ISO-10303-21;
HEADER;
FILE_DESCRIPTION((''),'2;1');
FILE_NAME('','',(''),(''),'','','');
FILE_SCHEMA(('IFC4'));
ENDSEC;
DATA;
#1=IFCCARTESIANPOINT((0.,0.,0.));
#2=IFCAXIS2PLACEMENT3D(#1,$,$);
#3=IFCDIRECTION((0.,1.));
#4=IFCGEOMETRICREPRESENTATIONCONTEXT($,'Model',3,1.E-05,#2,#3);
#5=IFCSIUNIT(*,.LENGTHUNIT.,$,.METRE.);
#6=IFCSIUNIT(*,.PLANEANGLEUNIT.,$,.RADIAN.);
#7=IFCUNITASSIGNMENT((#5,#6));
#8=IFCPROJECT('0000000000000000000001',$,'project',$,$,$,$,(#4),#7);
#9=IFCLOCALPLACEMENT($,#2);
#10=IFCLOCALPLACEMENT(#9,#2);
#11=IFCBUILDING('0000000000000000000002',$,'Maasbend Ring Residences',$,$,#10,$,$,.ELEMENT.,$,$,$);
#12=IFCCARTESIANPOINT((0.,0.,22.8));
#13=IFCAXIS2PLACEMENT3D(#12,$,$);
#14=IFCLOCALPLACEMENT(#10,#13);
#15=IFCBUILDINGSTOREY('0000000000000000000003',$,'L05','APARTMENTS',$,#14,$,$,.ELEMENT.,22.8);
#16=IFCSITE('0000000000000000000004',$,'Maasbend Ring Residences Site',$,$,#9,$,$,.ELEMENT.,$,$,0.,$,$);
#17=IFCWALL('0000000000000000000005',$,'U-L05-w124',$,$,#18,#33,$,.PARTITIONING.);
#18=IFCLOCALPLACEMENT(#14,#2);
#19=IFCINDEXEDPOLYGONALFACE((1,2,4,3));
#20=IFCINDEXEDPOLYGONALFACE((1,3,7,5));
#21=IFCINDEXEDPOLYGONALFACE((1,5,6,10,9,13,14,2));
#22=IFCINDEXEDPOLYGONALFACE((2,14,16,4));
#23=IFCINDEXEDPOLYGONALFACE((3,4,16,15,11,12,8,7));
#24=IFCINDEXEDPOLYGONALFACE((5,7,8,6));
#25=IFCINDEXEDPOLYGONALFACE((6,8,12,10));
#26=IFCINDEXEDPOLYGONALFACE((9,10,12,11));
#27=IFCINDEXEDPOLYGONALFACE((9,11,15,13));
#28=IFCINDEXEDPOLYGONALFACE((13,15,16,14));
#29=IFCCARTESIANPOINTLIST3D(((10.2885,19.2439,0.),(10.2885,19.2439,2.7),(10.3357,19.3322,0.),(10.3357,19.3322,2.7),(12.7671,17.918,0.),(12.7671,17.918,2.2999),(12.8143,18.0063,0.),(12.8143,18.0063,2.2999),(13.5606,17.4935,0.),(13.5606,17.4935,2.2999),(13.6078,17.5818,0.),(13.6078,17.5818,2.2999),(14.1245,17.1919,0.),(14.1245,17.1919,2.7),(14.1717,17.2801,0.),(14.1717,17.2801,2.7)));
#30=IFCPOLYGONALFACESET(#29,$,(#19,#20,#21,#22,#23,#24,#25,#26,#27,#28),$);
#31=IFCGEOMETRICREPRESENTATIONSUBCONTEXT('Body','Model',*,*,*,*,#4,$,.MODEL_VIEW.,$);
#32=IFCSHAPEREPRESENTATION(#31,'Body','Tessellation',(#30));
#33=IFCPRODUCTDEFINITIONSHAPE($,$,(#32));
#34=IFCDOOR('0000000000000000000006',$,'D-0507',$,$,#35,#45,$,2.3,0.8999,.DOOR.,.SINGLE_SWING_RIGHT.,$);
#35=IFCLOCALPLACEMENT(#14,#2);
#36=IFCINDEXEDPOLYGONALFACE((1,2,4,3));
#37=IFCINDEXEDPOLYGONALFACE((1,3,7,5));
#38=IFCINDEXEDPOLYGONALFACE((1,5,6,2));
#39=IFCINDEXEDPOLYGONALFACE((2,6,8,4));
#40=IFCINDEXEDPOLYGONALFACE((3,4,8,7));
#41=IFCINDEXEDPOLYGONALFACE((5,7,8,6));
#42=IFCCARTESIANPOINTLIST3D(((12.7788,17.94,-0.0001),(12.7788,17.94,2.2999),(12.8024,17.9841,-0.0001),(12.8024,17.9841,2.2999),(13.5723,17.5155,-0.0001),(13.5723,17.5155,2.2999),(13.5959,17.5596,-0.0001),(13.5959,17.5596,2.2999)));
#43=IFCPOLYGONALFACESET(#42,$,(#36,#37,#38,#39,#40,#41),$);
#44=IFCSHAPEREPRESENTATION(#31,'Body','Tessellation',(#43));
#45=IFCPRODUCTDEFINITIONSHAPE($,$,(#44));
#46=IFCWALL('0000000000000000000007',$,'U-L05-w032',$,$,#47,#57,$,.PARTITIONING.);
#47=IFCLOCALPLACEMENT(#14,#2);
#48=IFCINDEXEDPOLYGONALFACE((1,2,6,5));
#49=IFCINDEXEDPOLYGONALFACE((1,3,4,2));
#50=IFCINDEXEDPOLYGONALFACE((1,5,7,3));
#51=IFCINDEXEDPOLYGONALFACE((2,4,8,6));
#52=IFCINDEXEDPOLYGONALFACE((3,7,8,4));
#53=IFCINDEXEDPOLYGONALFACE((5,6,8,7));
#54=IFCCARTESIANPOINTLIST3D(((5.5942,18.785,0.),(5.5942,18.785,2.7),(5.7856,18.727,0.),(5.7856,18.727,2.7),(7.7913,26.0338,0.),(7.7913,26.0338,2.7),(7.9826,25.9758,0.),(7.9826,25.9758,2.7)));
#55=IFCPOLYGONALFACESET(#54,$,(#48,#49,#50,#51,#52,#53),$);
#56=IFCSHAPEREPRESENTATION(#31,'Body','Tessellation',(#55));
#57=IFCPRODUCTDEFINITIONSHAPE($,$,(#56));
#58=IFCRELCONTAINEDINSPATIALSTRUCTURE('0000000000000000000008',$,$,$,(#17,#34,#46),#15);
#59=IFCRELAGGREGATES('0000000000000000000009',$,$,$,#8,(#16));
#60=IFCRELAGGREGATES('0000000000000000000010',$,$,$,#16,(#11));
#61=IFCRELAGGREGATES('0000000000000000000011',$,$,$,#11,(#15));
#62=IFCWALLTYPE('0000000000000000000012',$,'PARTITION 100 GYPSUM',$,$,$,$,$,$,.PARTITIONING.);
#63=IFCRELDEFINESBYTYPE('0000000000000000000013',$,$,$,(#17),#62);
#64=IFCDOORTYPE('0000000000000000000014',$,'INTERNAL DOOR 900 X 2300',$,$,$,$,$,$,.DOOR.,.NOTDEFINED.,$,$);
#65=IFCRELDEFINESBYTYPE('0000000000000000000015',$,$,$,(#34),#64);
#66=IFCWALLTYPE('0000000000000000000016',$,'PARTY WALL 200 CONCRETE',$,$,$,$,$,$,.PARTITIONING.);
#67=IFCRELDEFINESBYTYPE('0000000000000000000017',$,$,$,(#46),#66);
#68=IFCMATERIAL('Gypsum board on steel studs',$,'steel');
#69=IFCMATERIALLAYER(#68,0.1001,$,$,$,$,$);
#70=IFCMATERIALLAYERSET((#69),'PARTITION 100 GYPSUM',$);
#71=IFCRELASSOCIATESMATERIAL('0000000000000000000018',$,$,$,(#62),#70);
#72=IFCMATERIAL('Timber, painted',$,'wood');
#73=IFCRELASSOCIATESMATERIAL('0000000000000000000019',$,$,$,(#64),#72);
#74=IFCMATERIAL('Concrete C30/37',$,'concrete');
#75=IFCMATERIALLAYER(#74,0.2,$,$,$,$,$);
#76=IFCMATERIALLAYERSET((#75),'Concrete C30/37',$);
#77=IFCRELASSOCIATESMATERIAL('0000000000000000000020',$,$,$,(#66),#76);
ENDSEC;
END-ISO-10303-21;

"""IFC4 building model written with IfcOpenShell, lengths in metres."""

from ifc_helpers import new_model, si_unit, direction, frame, frame_2d, origin, place, context, subcontext, project, spatial, rectangle, extrude, material, layer, layer_set, type_object, element, fill, save


model = new_model("IFC4")

# Units and contexts
model_context = context("Model", 3, precision=1e-05, world=origin(), true_north=direction((0.0, 1.0)))
body_context = subcontext(model_context, "Body", "Model", "MODEL_VIEW")
ifc_project = project(units=[si_unit("LENGTHUNIT", "METRE"), si_unit("PLANEANGLEUNIT", "RADIAN")], contexts=[model_context])

# Site, building, storey
site_placement = place(None, origin())
site = spatial("IfcSite", under=ifc_project, at=site_placement, Name="Maasbend Ring Residences Site", CompositionType="ELEMENT", RefElevation=0.0)
building_placement = place(site_placement, origin())
building = spatial("IfcBuilding", under=site, at=building_placement, Name="Maasbend Ring Residences", CompositionType="ELEMENT")
storey_placement = place(building_placement, frame((0.0, 0.0, 22.8)))
storey = spatial("IfcBuildingStorey", under=building, at=storey_placement, Name="L05", Description="APARTMENTS", CompositionType="ELEMENT", Elevation=22.8)

# Shared definitions
ifc_material_1 = material(Name="Gypsum board on steel studs", Category="steel")
ifc_layer_1 = layer(ifc_material_1, 0.1001)
ifc_layer_set_1 = layer_set([ifc_layer_1], Name="PARTITION 100 GYPSUM")
wall_type_1 = type_object("IfcWallType", Name="PARTITION 100 GYPSUM", PredefinedType="PARTITIONING", material=ifc_layer_set_1)

# Wall, opening, door
ifc_material_2 = material(Name="Timber, painted", Category="wood")
door_type_1 = type_object("IfcDoorType", Name="INTERNAL DOOR 900 X 2300", OperationType="NOTDEFINED", PredefinedType="DOOR", material=ifc_material_2)
wall_1_placement = place(storey_placement, frame((10.312, 19.2881, 0.0), z_axis=(0.0, 0.0, 1.0), x_axis=(0.881763, -0.471692, 0.0)))
wall_1 = element("IfcWall", 1, at=wall_1_placement, inside=storey, type_object=wall_type_1, Name="U-L05-w124", PredefinedType="PARTITIONING", context=body_context, shape_type="SweptSolid", body=[
    extrude(rectangle(XDim=4.3503, YDim=0.1001, at=frame_2d((2.1753, 0.0))), origin(), (0.0, 0.0, 1.0), 2.7),
])
opening_1_placement = place(wall_1_placement, frame((2.811, 0.0, 0.0)))
opening_1 = element("IfcOpeningElement", 2, at=opening_1_placement, cuts=wall_1, PredefinedType="OPENING", context=body_context, shape_type="SweptSolid", body=[
    extrude(rectangle(XDim=0.8999, YDim=2.3, at=frame_2d((0.45, 1.1499))), frame((0.0, 0.0601, 0.0), z_axis=(0.0, -1.0, 0.0), x_axis=(1.0, 0.0, 0.0)), (0.0, 0.0, 1.0), 0.1201),
])
door_1_placement = place(opening_1_placement, origin())
door_1 = element("IfcDoor", 3, at=door_1_placement, inside=storey, type_object=door_type_1, Name="D-0507", OperationType="SINGLE_SWING_RIGHT", OverallHeight=2.3, OverallWidth=0.8999, PredefinedType="DOOR", context=body_context, shape_type="SweptSolid", body=[
    extrude(rectangle(XDim=0.8999, YDim=2.3, at=frame_2d((0.45, 1.1499))), frame((0.0, 0.0249, 0.0), z_axis=(0.0, -1.0, 0.0), x_axis=(1.0, 0.0, 0.0)), (0.0, 0.0, 1.0), 0.05),
])
fill(opening_1, door_1)

# Wall
ifc_material_3 = material(Name="Concrete C30/37", Category="concrete")
ifc_layer_2 = layer(ifc_material_3, 0.2)
ifc_layer_set_2 = layer_set([ifc_layer_2], Name="Concrete C30/37")
wall_type_2 = type_object("IfcWallType", Name="PARTY WALL 200 CONCRETE", PredefinedType="PARTITIONING", material=ifc_layer_set_2)
wall_2_placement = place(storey_placement, frame((5.6899, 18.7561, 0.0), z_axis=(0.0, 0.0, 1.0), x_axis=(0.290058, 0.957009, 0.0)))
element("IfcWall", 4, at=wall_2_placement, inside=storey, type_object=wall_type_2, Name="U-L05-w032", PredefinedType="PARTITIONING", context=body_context, shape_type="SweptSolid", body=[
    extrude(rectangle(XDim=7.5745, YDim=0.2, at=frame_2d((3.7871, 0.0))), origin(), (0.0, 0.0, 1.0), 2.7),
])

save(model, "model.ifc")
